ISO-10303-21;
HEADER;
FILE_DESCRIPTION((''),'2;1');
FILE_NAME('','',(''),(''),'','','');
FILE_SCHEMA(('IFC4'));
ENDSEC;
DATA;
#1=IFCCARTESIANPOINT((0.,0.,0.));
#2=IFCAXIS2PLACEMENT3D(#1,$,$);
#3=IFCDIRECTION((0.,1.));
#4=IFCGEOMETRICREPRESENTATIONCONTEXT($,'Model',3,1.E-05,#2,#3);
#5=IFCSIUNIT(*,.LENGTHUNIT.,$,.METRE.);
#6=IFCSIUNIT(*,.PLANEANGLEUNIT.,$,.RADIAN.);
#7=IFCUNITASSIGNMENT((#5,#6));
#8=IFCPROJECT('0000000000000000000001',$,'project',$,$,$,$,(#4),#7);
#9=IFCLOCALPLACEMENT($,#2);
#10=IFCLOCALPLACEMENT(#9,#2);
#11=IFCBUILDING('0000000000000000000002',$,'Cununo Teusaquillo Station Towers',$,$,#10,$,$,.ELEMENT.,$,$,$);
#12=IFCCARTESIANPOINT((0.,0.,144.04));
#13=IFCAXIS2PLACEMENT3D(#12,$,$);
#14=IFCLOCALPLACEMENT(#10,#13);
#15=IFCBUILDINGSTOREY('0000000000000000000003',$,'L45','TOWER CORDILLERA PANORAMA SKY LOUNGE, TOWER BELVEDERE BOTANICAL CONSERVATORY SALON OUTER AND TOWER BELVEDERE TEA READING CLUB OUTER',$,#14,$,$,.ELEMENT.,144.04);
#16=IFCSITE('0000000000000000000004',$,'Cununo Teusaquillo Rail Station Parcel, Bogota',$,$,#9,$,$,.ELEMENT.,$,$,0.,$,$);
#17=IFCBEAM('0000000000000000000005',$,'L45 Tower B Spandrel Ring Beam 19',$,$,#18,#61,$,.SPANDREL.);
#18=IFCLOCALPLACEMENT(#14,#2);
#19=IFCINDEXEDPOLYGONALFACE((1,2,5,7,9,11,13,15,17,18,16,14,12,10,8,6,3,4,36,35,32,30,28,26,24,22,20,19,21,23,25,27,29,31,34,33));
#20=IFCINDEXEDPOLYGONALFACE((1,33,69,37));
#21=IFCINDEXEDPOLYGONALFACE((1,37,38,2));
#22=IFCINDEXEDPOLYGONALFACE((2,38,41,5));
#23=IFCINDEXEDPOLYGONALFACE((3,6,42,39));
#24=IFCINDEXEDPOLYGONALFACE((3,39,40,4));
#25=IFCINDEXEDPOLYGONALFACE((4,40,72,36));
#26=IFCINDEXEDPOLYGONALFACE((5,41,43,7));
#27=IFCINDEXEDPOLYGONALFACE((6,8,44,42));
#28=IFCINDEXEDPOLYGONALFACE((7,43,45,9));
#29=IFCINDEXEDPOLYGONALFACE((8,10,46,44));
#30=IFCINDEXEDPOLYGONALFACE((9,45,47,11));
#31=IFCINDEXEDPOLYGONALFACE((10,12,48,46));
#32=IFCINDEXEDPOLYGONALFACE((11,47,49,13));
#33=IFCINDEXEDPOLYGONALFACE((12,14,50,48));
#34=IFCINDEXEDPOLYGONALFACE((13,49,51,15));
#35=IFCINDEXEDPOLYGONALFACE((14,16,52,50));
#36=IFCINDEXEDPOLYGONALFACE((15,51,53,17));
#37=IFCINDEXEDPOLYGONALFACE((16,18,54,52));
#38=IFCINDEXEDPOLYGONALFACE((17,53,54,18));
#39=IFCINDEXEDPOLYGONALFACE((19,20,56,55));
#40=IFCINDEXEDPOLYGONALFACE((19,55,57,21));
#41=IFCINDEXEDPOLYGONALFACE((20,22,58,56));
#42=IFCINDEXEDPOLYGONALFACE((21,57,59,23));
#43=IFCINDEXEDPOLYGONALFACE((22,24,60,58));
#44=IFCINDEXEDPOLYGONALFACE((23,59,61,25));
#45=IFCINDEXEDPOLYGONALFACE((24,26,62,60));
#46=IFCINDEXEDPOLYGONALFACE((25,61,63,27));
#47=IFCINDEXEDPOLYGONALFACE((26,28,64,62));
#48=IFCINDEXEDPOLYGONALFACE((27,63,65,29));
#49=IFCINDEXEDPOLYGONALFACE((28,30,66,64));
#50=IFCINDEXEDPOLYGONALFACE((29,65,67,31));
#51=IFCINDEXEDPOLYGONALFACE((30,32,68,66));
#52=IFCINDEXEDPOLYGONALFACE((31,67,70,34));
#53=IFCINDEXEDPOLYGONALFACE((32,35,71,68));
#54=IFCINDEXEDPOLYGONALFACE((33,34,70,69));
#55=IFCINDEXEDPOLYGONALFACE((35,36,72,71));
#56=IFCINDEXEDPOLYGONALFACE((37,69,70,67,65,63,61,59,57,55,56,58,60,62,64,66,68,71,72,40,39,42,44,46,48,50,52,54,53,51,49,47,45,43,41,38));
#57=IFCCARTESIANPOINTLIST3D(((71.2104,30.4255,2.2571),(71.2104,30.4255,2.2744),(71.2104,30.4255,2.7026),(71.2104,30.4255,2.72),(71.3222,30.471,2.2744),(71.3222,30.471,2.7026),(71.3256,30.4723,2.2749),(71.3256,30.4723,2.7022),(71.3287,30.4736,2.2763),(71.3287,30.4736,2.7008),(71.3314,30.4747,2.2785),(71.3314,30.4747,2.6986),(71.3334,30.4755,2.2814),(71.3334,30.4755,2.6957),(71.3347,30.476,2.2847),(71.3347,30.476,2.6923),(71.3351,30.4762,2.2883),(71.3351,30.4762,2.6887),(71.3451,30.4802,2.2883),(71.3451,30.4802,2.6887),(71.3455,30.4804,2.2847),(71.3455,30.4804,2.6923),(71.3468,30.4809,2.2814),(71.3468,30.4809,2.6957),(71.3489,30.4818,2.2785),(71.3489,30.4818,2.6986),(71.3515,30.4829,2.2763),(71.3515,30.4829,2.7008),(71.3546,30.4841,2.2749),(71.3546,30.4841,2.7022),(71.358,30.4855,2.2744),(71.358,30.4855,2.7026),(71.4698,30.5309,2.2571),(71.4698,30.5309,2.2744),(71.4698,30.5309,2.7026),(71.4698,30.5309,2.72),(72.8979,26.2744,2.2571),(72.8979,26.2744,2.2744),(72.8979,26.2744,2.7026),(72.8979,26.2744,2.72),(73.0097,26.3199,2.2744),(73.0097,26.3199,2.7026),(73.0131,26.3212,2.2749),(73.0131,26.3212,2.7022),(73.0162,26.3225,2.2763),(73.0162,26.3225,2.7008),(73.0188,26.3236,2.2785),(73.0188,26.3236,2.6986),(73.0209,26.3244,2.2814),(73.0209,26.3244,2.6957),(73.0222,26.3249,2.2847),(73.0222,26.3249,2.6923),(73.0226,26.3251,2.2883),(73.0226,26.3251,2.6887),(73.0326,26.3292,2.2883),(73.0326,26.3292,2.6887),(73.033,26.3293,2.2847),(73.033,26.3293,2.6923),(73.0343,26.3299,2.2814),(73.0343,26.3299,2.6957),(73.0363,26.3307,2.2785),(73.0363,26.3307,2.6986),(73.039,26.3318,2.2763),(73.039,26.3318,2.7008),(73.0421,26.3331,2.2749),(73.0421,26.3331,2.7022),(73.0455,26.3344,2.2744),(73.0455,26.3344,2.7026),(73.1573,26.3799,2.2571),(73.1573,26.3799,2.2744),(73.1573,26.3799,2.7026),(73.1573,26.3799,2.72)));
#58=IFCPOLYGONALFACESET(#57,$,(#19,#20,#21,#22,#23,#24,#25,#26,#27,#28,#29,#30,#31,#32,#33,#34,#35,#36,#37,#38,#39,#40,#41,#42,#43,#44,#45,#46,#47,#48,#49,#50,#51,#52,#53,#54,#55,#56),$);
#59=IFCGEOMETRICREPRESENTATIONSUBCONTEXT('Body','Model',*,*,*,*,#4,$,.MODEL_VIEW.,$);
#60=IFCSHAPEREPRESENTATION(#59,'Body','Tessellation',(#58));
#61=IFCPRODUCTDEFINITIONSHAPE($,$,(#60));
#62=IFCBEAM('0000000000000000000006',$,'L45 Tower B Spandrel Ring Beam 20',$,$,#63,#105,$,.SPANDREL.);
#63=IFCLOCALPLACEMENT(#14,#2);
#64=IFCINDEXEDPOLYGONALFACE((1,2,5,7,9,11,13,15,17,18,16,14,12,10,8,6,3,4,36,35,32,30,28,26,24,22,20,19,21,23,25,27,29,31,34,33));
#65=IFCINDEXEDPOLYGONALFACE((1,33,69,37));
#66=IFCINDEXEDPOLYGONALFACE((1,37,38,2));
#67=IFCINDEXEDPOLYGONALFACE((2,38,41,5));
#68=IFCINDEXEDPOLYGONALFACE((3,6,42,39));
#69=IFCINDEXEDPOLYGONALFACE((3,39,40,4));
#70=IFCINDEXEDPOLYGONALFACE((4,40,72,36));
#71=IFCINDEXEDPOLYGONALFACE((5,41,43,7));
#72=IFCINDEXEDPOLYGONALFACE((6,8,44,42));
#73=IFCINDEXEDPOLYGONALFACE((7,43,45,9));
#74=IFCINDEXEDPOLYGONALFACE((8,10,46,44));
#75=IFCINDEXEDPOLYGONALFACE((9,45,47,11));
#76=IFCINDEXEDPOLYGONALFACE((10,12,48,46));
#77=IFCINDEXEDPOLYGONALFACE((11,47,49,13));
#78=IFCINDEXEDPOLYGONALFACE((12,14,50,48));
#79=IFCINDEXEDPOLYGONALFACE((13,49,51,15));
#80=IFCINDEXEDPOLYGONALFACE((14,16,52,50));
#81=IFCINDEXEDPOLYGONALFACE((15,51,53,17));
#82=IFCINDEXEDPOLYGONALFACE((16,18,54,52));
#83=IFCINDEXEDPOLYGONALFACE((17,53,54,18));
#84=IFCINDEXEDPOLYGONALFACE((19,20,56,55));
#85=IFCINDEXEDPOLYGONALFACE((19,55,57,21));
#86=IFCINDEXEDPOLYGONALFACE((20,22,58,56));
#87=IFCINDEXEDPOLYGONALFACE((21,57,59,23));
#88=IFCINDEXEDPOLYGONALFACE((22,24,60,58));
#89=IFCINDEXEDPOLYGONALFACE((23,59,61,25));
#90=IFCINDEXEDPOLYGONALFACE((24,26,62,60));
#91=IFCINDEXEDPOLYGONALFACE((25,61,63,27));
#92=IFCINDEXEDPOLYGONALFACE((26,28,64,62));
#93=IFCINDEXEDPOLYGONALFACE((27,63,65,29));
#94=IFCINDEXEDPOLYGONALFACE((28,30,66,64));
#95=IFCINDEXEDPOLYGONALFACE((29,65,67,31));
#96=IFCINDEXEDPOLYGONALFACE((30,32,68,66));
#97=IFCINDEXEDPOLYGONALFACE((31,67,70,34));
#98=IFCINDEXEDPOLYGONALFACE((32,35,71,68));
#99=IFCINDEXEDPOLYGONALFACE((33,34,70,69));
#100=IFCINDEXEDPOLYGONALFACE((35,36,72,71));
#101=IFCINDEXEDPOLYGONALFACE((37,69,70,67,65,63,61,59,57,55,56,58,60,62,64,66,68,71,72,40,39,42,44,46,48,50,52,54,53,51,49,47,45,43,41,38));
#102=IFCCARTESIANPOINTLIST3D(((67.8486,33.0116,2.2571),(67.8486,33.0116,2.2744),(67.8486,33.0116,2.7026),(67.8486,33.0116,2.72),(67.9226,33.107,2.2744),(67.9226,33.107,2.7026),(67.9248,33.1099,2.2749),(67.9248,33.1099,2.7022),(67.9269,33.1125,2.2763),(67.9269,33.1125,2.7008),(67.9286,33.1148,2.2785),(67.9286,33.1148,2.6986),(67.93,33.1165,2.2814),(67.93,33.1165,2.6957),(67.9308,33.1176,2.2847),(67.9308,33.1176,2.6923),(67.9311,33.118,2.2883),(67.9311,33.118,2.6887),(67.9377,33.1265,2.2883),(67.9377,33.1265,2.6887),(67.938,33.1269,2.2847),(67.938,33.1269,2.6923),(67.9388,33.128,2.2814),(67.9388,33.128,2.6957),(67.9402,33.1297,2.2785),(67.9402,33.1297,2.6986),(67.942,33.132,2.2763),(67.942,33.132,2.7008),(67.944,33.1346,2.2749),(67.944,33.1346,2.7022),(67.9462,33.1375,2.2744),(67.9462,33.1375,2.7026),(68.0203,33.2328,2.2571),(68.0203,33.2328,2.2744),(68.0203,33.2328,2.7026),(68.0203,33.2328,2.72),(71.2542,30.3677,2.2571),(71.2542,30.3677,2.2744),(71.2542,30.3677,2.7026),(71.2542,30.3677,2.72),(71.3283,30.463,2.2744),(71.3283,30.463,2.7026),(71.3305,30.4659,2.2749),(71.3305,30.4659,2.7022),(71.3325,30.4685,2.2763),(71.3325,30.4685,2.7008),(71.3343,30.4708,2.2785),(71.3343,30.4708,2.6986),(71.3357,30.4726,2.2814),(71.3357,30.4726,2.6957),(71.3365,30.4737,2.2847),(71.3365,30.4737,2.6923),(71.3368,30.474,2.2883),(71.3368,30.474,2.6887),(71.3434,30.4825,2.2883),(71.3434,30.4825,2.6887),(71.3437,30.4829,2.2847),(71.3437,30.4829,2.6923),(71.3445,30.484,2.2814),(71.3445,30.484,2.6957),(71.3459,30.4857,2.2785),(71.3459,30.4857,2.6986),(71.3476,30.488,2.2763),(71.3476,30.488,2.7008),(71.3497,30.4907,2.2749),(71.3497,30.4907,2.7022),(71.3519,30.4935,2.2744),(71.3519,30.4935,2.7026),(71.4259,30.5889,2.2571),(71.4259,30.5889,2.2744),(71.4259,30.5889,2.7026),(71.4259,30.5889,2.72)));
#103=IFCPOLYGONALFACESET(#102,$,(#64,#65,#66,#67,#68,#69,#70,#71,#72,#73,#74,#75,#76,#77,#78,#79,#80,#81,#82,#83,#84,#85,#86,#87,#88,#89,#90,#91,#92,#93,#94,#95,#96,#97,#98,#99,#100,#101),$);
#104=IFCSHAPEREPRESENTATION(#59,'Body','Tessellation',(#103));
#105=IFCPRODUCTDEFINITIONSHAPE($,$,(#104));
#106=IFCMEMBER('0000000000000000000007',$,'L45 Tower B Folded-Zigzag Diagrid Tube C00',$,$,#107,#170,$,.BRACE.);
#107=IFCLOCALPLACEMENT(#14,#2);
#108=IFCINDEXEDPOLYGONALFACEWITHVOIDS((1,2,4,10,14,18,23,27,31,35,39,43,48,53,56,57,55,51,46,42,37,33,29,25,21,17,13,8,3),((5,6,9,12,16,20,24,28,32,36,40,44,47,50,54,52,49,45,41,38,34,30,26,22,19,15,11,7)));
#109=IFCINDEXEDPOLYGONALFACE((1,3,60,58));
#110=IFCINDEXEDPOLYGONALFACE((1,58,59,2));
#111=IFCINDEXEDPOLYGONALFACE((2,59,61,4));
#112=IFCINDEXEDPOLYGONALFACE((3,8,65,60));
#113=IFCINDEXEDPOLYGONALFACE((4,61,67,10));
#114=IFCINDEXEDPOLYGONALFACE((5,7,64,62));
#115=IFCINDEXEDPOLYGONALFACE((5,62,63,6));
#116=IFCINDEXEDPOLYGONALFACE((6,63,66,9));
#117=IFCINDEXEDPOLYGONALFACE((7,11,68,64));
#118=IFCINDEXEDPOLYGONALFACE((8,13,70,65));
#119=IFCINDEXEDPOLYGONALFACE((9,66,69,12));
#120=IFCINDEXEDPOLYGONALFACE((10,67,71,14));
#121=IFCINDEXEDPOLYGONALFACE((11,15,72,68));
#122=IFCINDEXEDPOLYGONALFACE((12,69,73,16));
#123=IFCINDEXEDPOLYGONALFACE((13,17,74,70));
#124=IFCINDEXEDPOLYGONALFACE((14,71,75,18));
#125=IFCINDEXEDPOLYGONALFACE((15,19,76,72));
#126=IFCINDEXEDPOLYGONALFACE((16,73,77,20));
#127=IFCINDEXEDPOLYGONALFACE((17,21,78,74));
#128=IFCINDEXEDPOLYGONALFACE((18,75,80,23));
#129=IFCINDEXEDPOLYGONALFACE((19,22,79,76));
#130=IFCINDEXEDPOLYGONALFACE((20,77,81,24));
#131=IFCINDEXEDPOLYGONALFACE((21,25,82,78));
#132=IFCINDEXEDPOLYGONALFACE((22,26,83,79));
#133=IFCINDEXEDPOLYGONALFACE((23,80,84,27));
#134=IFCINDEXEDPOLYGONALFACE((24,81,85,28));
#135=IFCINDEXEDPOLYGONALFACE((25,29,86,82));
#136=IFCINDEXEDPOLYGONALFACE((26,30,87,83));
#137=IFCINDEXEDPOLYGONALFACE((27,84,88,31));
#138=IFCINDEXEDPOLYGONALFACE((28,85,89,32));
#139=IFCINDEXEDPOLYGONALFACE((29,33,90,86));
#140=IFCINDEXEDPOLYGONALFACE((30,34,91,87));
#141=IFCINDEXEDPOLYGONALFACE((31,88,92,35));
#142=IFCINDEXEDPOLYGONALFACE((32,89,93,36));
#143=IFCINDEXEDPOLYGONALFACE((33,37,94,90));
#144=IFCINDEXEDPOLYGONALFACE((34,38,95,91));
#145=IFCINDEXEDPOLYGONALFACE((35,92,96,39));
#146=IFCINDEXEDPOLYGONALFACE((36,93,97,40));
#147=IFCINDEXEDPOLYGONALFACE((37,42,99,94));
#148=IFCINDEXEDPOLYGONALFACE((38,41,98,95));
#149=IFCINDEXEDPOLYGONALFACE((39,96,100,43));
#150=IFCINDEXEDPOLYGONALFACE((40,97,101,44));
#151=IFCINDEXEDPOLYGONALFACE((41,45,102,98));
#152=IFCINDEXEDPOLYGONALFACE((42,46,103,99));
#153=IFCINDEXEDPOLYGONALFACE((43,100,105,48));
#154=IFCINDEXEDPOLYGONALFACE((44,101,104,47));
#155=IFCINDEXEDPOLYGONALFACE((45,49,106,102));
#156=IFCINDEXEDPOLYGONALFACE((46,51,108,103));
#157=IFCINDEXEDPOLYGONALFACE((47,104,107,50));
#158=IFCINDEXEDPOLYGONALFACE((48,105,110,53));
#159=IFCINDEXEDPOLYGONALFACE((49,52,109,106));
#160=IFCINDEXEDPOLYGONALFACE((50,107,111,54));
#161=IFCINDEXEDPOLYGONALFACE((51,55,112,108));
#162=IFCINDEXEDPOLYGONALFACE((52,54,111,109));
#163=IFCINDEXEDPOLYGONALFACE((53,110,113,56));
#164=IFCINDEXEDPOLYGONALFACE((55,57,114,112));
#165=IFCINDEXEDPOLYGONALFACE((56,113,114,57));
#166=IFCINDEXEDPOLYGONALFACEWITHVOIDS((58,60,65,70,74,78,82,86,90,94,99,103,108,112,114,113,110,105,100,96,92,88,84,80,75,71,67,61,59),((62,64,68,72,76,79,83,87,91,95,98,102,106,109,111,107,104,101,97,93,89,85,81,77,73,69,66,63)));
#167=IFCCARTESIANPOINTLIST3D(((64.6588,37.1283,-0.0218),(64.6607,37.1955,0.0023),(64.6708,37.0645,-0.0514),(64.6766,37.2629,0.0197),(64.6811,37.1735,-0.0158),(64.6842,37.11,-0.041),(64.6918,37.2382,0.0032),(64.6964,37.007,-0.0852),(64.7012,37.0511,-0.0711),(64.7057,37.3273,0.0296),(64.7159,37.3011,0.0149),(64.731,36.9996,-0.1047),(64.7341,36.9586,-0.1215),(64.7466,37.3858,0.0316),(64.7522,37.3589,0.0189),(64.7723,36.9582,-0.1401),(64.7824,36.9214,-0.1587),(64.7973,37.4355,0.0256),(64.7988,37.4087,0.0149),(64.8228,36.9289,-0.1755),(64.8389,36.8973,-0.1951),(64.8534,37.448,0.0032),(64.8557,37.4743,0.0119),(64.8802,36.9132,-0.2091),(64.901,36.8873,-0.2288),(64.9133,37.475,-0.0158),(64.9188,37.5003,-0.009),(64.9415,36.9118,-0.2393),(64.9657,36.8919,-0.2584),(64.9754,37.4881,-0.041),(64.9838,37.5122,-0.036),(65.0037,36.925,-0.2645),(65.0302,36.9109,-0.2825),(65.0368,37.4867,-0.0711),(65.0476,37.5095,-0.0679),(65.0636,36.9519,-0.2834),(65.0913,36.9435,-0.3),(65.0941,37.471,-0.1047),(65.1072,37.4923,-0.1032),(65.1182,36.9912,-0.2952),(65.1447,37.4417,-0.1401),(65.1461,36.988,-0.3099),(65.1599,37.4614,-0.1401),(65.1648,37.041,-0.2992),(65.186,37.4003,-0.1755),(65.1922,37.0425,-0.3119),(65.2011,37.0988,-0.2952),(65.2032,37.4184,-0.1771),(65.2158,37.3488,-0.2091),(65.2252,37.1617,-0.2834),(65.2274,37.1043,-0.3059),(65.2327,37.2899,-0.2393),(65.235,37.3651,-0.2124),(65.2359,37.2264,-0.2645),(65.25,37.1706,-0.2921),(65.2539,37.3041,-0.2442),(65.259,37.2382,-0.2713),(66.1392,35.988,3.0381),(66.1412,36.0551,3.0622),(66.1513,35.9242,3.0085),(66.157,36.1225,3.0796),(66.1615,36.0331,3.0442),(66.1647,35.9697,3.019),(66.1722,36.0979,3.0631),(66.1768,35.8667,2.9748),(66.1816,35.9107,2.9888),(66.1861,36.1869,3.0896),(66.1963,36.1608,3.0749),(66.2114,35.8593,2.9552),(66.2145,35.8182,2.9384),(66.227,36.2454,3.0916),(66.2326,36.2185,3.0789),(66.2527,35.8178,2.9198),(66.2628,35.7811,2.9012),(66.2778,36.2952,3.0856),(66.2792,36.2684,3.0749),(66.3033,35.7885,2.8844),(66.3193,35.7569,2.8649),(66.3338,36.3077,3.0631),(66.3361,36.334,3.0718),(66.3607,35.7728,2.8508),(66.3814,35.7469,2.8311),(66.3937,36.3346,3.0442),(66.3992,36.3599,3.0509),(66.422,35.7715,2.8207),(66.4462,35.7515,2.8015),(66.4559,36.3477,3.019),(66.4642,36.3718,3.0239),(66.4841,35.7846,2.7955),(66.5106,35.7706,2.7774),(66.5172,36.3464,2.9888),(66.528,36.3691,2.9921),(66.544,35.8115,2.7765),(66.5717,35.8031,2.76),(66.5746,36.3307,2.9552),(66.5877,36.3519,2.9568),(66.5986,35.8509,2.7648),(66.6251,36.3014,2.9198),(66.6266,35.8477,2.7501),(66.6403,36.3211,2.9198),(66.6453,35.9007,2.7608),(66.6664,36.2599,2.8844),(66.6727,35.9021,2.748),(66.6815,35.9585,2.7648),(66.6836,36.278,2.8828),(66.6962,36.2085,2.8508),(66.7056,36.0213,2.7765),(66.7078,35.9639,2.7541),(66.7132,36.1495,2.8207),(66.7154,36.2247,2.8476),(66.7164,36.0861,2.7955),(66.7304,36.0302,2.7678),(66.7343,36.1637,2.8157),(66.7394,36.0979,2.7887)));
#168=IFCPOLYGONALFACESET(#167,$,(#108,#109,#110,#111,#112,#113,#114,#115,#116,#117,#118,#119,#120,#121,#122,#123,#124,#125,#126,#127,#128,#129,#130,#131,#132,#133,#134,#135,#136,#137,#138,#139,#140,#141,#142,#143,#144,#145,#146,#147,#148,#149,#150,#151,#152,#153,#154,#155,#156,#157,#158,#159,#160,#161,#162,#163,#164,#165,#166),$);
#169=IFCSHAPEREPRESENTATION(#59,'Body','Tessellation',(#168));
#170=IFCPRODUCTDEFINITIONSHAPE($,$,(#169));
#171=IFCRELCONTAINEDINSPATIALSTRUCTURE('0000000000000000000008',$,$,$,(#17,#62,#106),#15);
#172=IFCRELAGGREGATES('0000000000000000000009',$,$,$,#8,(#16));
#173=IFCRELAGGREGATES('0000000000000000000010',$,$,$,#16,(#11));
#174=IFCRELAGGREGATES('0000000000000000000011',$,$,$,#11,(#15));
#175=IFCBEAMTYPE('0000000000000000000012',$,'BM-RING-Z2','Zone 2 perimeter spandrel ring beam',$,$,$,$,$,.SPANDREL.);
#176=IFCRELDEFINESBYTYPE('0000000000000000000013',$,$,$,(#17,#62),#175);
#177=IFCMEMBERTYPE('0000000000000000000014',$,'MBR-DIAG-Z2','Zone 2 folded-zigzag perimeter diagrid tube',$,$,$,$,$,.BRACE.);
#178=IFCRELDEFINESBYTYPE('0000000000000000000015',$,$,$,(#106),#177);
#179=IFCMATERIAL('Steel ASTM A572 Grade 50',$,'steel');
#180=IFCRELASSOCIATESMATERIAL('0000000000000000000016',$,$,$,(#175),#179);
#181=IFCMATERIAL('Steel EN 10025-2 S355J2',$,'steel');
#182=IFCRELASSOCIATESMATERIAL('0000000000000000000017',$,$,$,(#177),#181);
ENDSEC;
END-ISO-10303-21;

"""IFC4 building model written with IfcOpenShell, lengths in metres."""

from ifc_helpers import new_model, si_unit, direction, frame, origin, origin_2d, place, context, subcontext, project, spatial, hollow_circle, i_section, extrude, material, material_profile, profile_set, type_object, element, save


model = new_model("IFC4")

# Units and contexts
model_context = context("Model", 3, precision=1e-05, world=origin(), true_north=direction((0.0, 1.0)))
body_context = subcontext(model_context, "Body", "Model", "MODEL_VIEW")
ifc_project = project(units=[si_unit("LENGTHUNIT", "METRE"), si_unit("PLANEANGLEUNIT", "RADIAN")], contexts=[model_context])

# Site, building, storey
site_placement = place(None, origin())
site = spatial("IfcSite", under=ifc_project, at=site_placement, Name="Cununo Teusaquillo Rail Station Parcel, Bogota", CompositionType="ELEMENT", RefElevation=0.0)
building_placement = place(site_placement, origin())
building = spatial("IfcBuilding", under=site, at=building_placement, Name="Cununo Teusaquillo Station Towers", CompositionType="ELEMENT")
storey_placement = place(building_placement, frame((0.0, 0.0, 144.04)))
storey = spatial("IfcBuildingStorey", under=building, at=storey_placement, Name="L45", Description="TOWER CORDILLERA PANORAMA SKY LOUNGE, TOWER BELVEDERE BOTANICAL CONSERVATORY SALON OUTER AND TOWER BELVEDERE TEA READING CLUB OUTER", CompositionType="ELEMENT", Elevation=144.04)

# Beams
ifc_material_1 = material(Name="Steel ASTM A572 Grade 50", Category="steel")
ifc_material_profile_1 = material_profile(ifc_material_1, i_section(OverallWidth=0.28, OverallDepth=0.4629, WebThickness=0.0107, FlangeThickness=0.0173, FilletRadius=0.0139, at=origin_2d()), Name="W18X76")
ifc_profile_set_1 = profile_set([ifc_material_profile_1], Name="Steel ASTM A572 Grade 50")
beam_type_1 = type_object("IfcBeamType", Name="BM-RING-Z2", Description="Zone 2 perimeter spandrel ring beam", PredefinedType="SPANDREL", material=ifc_profile_set_1)
beam_1_placement = place(storey_placement, frame((73.0276, 26.3271, 2.4885), z_axis=(-0.376589, 0.92638, 0.0), x_axis=(-0.92638, -0.376589, 0.0)))
element("IfcBeam", 1, at=beam_1_placement, inside=storey, type_object=beam_type_1, Name="L45 Tower B Spandrel Ring Beam 19", PredefinedType="SPANDREL", context=body_context, shape_type="SweptSolid", body=[
    extrude(i_section(OverallWidth=0.28, OverallDepth=0.4629, WebThickness=0.0107, FlangeThickness=0.0173, FilletRadius=0.0139, at=origin_2d()), origin(), (0.0, 0.0, 1.0), 4.481),
])
beam_2_placement = place(storey_placement, frame((71.3401, 30.4783, 2.4885), z_axis=(-0.789901, 0.613235, 0.0), x_axis=(-0.613235, -0.789901, 0.0)))
element("IfcBeam", 2, at=beam_2_placement, inside=storey, type_object=beam_type_1, Name="L45 Tower B Spandrel Ring Beam 20", PredefinedType="SPANDREL", context=body_context, shape_type="SweptSolid", body=[
    extrude(i_section(OverallWidth=0.28, OverallDepth=0.4629, WebThickness=0.0107, FlangeThickness=0.0173, FilletRadius=0.0139, at=origin_2d()), origin(), (0.0, 0.0, 1.0), 4.3115),
])

# Member
ifc_material_2 = material(Name="Steel EN 10025-2 S355J2", Category="steel")
ifc_material_profile_2 = material_profile(ifc_material_2, hollow_circle(Radius=0.3301, WallThickness=0.0249, at=origin_2d()), Name="CHS 660x25")
ifc_profile_set_2 = profile_set([ifc_material_profile_2], Name="Steel EN 10025-2 S355J2")
member_type = type_object("IfcMemberType", Name="MBR-DIAG-Z2", Description="Zone 2 folded-zigzag perimeter diagrid tube", PredefinedType="BRACE", material=ifc_profile_set_2)
member_1_placement = place(storey_placement, frame((64.9585, 37.2, -0.1401), z_axis=(0.412898, -0.318049, 0.85344), x_axis=(0.610235, 0.792221, 0.0)))
element("IfcMember", 3, at=member_1_placement, inside=storey, type_object=member_type, Name="L45 Tower B Folded-Zigzag Diagrid Tube C00", PredefinedType="BRACE", context=body_context, shape_type="SweptSolid", body=[
    extrude(hollow_circle(Radius=0.3301, WallThickness=0.0249, at=origin_2d()), origin(), (0.0, 0.0, 1.0), 3.5854),
])

save(model, "model.ifc")
